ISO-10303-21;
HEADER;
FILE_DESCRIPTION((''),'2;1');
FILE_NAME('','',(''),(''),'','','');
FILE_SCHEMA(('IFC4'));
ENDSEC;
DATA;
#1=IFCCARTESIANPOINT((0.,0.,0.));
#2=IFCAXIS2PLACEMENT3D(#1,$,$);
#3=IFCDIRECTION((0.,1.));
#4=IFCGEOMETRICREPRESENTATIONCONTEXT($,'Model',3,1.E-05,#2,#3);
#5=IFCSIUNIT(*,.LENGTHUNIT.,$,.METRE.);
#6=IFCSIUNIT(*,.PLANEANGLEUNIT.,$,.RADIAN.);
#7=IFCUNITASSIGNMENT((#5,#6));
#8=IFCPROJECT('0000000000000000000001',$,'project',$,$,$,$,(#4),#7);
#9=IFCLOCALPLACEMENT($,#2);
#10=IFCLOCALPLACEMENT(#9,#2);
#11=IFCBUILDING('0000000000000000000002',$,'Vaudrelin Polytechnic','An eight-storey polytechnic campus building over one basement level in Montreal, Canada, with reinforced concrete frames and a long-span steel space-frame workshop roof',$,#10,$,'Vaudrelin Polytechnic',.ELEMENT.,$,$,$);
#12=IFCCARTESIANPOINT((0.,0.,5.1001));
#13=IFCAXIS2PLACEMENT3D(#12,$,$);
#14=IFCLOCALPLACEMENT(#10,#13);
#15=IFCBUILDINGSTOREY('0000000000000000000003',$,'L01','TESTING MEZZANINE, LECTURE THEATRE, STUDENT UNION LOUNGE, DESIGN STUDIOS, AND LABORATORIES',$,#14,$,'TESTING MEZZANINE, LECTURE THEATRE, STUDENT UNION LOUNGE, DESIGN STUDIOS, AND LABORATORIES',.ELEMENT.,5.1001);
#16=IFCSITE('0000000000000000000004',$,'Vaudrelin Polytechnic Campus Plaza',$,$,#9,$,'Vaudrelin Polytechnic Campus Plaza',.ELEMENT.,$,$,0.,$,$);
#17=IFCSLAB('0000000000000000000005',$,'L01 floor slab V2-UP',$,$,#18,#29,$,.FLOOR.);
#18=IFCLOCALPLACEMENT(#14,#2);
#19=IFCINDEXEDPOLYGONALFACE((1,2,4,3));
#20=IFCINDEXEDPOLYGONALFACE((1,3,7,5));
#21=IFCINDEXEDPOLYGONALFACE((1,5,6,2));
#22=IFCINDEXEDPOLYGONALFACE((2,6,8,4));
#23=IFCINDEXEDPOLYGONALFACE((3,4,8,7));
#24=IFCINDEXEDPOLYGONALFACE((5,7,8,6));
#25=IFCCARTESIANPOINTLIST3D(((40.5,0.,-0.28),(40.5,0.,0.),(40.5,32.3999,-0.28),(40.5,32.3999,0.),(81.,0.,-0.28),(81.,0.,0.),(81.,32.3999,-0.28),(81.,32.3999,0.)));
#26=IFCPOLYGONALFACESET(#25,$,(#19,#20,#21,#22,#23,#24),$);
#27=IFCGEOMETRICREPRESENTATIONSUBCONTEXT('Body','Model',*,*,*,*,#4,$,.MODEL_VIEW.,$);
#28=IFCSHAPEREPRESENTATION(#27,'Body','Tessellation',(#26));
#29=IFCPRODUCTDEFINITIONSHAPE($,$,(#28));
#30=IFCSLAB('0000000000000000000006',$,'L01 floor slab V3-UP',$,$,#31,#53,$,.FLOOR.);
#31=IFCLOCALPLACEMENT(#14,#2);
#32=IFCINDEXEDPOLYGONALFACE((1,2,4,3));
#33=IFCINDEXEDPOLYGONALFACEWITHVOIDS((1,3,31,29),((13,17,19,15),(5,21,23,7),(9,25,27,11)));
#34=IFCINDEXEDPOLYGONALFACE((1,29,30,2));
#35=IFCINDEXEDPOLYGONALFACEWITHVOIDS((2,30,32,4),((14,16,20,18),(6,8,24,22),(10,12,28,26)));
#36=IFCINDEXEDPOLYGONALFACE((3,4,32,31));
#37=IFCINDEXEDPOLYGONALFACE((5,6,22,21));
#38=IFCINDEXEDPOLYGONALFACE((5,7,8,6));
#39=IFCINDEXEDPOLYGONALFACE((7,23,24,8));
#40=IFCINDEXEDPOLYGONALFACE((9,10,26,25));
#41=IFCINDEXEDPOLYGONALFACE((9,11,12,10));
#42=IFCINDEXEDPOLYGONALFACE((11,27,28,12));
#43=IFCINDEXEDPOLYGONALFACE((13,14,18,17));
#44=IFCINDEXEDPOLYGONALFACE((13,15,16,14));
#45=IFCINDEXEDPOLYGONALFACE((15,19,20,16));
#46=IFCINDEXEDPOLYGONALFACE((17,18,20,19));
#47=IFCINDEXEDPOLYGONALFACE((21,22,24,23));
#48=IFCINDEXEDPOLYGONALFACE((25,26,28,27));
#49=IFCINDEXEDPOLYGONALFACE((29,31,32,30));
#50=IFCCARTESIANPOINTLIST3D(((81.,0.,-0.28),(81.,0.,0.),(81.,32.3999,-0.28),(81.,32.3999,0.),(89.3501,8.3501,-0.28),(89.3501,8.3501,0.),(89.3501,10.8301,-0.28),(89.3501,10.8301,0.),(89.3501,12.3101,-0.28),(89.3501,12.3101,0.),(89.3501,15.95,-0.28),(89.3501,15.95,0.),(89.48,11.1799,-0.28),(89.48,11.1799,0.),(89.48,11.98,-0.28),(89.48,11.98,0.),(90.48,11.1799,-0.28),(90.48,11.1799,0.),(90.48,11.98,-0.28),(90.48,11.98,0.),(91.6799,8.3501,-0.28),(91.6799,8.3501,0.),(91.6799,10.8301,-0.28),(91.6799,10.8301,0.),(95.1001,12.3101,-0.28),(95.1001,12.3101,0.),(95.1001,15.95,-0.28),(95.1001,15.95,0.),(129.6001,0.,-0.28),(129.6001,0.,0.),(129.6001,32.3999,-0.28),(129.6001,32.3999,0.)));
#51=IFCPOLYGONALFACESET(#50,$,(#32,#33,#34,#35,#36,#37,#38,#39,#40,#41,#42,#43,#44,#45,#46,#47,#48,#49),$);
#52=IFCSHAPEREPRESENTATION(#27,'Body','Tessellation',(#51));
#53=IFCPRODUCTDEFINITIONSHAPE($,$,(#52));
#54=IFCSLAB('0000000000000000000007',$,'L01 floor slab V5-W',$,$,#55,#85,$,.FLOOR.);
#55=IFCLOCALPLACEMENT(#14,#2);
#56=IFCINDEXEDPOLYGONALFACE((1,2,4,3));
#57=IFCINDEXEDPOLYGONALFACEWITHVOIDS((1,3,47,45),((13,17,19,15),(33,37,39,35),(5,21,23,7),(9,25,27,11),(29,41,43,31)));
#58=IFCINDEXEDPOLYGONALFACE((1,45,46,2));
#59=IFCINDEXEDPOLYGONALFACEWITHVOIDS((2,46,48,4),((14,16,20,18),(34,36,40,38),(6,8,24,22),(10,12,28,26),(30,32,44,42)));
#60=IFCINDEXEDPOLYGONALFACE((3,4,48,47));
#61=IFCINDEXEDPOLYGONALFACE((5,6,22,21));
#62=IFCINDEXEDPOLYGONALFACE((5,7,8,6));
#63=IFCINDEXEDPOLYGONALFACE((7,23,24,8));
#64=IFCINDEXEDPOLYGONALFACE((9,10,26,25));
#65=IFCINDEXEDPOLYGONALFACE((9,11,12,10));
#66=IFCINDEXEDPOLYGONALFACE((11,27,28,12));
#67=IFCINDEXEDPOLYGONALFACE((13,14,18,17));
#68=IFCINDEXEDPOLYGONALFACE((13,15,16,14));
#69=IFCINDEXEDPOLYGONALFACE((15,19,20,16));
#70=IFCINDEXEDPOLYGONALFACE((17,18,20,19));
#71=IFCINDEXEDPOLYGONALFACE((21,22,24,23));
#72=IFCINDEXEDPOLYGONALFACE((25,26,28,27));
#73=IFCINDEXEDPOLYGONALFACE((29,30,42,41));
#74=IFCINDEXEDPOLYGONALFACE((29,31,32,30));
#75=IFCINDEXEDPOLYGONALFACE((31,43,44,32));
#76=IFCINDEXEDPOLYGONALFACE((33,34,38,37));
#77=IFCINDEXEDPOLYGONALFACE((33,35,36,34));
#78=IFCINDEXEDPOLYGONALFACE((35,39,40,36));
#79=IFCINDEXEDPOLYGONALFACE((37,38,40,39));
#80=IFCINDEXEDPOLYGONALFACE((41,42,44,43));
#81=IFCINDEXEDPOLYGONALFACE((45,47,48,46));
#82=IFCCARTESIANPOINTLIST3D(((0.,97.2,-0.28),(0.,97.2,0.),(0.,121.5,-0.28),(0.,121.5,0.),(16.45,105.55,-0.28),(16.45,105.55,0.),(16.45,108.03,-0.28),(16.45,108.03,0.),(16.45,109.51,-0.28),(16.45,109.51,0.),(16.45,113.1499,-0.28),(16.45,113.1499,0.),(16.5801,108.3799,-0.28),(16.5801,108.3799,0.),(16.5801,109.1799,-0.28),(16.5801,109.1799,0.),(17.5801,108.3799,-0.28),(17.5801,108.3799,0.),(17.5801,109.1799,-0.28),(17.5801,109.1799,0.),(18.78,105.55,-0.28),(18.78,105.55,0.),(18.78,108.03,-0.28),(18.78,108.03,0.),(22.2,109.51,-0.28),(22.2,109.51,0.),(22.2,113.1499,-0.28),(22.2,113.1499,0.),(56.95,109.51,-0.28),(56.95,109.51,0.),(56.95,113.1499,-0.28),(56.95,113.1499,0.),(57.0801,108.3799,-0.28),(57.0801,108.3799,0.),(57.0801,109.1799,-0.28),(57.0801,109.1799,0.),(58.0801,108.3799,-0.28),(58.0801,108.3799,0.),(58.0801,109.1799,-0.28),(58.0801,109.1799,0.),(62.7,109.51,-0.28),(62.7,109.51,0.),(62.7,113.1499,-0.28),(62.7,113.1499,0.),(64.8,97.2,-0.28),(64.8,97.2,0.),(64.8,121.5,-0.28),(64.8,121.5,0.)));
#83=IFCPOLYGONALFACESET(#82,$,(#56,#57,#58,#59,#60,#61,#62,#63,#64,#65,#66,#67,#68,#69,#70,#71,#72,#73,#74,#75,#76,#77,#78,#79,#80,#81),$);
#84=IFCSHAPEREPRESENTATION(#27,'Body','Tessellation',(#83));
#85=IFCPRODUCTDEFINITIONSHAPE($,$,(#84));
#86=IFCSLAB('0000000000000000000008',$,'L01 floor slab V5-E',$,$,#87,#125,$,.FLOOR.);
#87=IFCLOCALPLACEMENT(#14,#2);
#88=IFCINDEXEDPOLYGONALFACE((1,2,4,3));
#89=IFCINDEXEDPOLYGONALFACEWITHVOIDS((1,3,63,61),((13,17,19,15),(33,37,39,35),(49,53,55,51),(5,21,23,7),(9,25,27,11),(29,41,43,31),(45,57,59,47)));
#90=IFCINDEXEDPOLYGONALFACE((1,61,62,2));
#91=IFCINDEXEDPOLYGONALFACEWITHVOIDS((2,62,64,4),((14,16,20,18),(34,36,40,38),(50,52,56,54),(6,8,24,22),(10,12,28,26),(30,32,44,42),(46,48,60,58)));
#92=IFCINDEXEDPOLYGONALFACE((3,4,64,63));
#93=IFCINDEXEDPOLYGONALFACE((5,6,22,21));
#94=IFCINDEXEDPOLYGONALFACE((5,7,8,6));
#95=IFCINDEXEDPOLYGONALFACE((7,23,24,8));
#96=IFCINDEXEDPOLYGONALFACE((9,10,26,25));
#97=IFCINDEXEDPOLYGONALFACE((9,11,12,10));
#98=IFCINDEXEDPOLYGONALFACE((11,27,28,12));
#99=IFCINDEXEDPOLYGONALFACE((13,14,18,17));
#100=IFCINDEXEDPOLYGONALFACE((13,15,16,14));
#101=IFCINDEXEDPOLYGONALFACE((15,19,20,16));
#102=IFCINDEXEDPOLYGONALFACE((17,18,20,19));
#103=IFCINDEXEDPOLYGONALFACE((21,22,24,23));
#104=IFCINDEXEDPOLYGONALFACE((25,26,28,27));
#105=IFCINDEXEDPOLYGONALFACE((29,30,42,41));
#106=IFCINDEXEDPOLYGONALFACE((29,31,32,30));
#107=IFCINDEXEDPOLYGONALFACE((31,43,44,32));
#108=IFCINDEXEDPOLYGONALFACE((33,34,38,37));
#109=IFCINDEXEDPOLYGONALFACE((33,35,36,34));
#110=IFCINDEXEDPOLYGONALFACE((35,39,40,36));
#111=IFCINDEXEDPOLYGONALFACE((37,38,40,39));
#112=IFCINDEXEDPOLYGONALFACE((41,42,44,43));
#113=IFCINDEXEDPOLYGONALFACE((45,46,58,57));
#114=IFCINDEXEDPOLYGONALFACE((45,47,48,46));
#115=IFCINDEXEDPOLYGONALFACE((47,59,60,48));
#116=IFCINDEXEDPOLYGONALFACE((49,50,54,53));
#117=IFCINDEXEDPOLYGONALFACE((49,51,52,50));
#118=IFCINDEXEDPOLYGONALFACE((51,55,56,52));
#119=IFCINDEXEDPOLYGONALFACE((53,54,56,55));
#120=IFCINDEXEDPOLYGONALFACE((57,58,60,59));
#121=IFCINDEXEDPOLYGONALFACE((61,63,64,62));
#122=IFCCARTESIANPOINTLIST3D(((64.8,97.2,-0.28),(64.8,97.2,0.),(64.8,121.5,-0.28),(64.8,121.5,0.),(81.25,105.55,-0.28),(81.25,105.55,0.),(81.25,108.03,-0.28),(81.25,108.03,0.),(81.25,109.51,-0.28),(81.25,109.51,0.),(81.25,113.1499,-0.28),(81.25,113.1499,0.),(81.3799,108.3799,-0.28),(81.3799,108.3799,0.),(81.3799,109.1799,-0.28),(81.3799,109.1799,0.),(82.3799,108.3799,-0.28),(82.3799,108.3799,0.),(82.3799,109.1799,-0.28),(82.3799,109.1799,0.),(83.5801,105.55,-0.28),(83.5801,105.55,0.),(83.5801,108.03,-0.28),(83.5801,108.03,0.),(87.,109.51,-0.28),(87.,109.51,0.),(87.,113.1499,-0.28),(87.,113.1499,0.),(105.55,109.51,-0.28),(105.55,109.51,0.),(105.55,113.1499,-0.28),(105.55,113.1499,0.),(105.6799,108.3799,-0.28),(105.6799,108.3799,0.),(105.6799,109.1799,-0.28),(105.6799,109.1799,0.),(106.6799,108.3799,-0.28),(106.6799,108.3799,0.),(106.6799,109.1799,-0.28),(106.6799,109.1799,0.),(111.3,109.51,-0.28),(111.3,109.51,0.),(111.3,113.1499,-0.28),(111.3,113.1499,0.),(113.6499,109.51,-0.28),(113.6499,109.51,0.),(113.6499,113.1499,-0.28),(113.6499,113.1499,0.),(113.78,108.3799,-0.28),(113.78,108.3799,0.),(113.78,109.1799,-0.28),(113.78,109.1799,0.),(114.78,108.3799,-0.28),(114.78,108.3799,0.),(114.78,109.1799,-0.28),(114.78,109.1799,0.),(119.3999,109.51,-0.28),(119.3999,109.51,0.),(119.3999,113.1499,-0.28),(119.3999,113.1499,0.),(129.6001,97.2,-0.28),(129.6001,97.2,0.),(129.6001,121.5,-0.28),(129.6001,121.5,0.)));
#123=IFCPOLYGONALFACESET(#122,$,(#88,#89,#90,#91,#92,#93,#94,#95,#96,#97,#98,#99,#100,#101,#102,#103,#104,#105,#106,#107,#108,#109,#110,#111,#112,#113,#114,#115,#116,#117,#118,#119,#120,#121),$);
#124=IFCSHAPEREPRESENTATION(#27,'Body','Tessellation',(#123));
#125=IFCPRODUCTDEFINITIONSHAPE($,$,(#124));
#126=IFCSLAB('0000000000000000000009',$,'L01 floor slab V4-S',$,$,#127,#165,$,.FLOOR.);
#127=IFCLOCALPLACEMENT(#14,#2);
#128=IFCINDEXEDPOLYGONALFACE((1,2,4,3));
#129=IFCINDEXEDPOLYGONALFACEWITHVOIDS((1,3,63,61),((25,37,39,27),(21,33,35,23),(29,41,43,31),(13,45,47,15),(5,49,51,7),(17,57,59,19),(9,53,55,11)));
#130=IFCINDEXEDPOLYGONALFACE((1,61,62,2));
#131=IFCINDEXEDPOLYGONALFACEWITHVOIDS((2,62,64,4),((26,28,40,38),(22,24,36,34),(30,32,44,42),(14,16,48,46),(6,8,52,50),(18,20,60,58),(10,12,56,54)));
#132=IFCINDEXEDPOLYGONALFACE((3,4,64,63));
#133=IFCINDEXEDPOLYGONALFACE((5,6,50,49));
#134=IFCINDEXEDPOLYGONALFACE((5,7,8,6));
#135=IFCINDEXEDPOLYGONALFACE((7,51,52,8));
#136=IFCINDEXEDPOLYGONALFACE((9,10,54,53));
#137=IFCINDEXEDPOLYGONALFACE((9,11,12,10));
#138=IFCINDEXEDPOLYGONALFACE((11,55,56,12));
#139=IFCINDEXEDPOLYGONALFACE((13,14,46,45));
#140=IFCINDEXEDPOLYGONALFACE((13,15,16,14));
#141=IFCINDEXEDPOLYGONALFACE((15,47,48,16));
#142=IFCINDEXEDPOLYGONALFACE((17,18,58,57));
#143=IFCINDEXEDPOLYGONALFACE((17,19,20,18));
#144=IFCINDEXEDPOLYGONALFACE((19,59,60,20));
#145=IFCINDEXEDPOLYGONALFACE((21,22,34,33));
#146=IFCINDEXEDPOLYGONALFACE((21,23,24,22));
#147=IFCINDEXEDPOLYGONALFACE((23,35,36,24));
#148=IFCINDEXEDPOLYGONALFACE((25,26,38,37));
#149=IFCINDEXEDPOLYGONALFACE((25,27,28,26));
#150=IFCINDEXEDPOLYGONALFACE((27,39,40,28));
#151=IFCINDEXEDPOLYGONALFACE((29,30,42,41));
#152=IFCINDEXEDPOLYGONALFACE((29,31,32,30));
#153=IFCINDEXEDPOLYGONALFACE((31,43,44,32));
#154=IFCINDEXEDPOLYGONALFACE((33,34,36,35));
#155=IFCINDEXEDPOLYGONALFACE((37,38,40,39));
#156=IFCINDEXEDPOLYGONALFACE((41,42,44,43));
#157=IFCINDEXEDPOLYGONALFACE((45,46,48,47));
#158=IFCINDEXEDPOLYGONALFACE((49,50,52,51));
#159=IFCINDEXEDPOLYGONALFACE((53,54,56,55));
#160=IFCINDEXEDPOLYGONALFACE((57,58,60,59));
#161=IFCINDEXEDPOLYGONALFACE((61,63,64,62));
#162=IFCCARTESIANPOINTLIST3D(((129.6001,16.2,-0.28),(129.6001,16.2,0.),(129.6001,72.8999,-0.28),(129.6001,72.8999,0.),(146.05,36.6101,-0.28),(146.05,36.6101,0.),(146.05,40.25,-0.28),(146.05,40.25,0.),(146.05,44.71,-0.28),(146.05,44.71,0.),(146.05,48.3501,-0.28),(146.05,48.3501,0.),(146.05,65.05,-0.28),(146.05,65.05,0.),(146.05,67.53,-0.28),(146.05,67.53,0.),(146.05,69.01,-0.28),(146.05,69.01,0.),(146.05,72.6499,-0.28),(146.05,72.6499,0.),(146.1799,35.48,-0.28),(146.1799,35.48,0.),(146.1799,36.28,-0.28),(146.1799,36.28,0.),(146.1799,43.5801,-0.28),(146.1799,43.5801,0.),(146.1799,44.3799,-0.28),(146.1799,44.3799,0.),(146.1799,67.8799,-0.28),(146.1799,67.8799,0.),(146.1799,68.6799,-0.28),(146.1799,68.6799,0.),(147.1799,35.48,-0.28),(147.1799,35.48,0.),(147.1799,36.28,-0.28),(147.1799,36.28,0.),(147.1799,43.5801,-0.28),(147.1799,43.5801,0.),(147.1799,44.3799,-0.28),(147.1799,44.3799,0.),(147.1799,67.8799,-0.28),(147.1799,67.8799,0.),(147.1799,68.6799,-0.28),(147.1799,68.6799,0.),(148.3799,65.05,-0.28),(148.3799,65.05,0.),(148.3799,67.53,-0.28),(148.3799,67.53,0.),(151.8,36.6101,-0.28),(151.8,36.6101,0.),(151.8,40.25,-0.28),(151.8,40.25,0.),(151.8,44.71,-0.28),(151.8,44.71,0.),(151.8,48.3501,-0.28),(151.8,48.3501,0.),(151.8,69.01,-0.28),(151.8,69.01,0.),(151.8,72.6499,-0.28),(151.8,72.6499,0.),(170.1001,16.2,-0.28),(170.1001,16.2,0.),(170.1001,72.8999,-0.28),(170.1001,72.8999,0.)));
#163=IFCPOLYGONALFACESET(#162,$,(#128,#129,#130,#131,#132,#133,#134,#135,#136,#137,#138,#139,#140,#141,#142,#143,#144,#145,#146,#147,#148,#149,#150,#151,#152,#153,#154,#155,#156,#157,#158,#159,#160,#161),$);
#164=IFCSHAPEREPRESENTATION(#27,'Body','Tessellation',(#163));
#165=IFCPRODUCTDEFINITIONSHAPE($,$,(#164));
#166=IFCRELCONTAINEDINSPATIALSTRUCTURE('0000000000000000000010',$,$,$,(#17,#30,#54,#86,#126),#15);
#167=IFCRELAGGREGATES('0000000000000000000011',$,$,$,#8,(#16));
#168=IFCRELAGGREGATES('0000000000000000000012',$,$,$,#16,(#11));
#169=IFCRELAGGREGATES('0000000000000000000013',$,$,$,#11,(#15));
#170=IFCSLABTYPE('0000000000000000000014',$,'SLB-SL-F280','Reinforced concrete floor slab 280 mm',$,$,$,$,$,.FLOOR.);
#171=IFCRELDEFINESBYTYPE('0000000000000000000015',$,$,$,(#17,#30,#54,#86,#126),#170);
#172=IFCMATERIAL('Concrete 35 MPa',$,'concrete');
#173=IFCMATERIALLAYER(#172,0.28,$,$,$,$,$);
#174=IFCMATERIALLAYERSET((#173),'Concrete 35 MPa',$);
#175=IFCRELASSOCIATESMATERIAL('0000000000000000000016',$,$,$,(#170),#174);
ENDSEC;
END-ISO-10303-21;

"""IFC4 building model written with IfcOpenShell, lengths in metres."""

from ifc_helpers import new_model, si_unit, direction, frame, origin, place, context, subcontext, project, spatial, polyline, outline, extrude, material, layer, layer_set, type_object, element, save


model = new_model("IFC4")

# Units and contexts
model_context = context("Model", 3, precision=1e-05, world=origin(), true_north=direction((0.0, 1.0)))
body_context = subcontext(model_context, "Body", "Model", "MODEL_VIEW")
ifc_project = project(units=[si_unit("LENGTHUNIT", "METRE"), si_unit("PLANEANGLEUNIT", "RADIAN")], contexts=[model_context])

# Site, building, storey
site_placement = place(None, origin())
site = spatial("IfcSite", under=ifc_project, at=site_placement, Name="Vaudrelin Polytechnic Campus Plaza", LongName="Vaudrelin Polytechnic Campus Plaza", CompositionType="ELEMENT", RefElevation=0.0)
building_placement = place(site_placement, origin())
building = spatial("IfcBuilding", under=site, at=building_placement, Name="Vaudrelin Polytechnic", Description="An eight-storey polytechnic campus building over one basement level in Montreal, Canada, with reinforced concrete frames and a long-span steel space-frame workshop roof", LongName="Vaudrelin Polytechnic", CompositionType="ELEMENT")
storey_placement = place(building_placement, frame((0.0, 0.0, 5.1001)))
storey = spatial("IfcBuildingStorey", under=building, at=storey_placement, Name="L01", Description="TESTING MEZZANINE, LECTURE THEATRE, STUDENT UNION LOUNGE, DESIGN STUDIOS, AND LABORATORIES", LongName="TESTING MEZZANINE, LECTURE THEATRE, STUDENT UNION LOUNGE, DESIGN STUDIOS, AND LABORATORIES", CompositionType="ELEMENT", Elevation=5.1001)

# Shared definitions
ifc_material_1 = material(Name="Concrete 35 MPa", Category="concrete")

# Slabs
ifc_layer_1 = layer(ifc_material_1, 0.28)
ifc_layer_set_1 = layer_set([ifc_layer_1], Name="Concrete 35 MPa")
slab_type_1 = type_object("IfcSlabType", Name="SLB-SL-F280", Description="Reinforced concrete floor slab 280 mm", PredefinedType="FLOOR", material=ifc_layer_set_1)
slab_1_placement = place(storey_placement, frame((0.0, 0.0, -0.28)))
element("IfcSlab", 1, at=slab_1_placement, inside=storey, type_object=slab_type_1, Name="L01 floor slab V2-UP", PredefinedType="FLOOR", context=body_context, shape_type="SweptSolid", body=[
    extrude(outline(polyline([(40.5, 0.0), (81.0, 0.0), (81.0, 32.3999), (40.5, 32.3999), (40.5, 0.0)])), origin(), (0.0, 0.0, 1.0), 0.28),
])
slab_2_placement = place(storey_placement, frame((0.0, 0.0, -0.28)))
element("IfcSlab", 2, at=slab_2_placement, inside=storey, type_object=slab_type_1, Name="L01 floor slab V3-UP", PredefinedType="FLOOR", context=body_context, shape_type="SweptSolid", body=[
    extrude(outline(polyline([(81.0, 0.0), (129.6001, 0.0), (129.6001, 32.3999), (81.0, 32.3999), (81.0, 0.0)]), holes=[polyline([(89.3501, 12.3101), (95.1001, 12.3101), (95.1001, 15.95), (89.3501, 15.95), (89.3501, 12.3101)]), polyline([(89.3501, 8.3501), (91.6799, 8.3501), (91.6799, 10.8301), (89.3501, 10.8301), (89.3501, 8.3501)]), polyline([(89.48, 11.1799), (90.48, 11.1799), (90.48, 11.98), (89.48, 11.98), (89.48, 11.1799)])]), origin(), (0.0, 0.0, 1.0), 0.28),
])
slab_3_placement = place(storey_placement, frame((0.0, 0.0, -0.28)))
element("IfcSlab", 3, at=slab_3_placement, inside=storey, type_object=slab_type_1, Name="L01 floor slab V5-W", PredefinedType="FLOOR", context=body_context, shape_type="SweptSolid", body=[
    extrude(outline(polyline([(0.0, 97.2), (64.8, 97.2), (64.8, 121.5), (0.0, 121.5), (0.0, 97.2)]), holes=[polyline([(16.45, 109.51), (22.2, 109.51), (22.2, 113.1499), (16.45, 113.1499), (16.45, 109.51)]), polyline([(16.45, 105.55), (18.78, 105.55), (18.78, 108.03), (16.45, 108.03), (16.45, 105.55)]), polyline([(16.5801, 108.3799), (17.5801, 108.3799), (17.5801, 109.1799), (16.5801, 109.1799), (16.5801, 108.3799)]), polyline([(56.95, 109.51), (62.7, 109.51), (62.7, 113.1499), (56.95, 113.1499), (56.95, 109.51)]), polyline([(57.0801, 108.3799), (58.0801, 108.3799), (58.0801, 109.1799), (57.0801, 109.1799), (57.0801, 108.3799)])]), origin(), (0.0, 0.0, 1.0), 0.28),
])
slab_4_placement = place(storey_placement, frame((0.0, 0.0, -0.28)))
element("IfcSlab", 4, at=slab_4_placement, inside=storey, type_object=slab_type_1, Name="L01 floor slab V5-E", PredefinedType="FLOOR", context=body_context, shape_type="SweptSolid", body=[
    extrude(outline(polyline([(64.8, 97.2), (129.6001, 97.2), (129.6001, 121.5), (64.8, 121.5), (64.8, 97.2)]), holes=[polyline([(81.25, 109.51), (87.0, 109.51), (87.0, 113.1499), (81.25, 113.1499), (81.25, 109.51)]), polyline([(81.25, 105.55), (83.5801, 105.55), (83.5801, 108.03), (81.25, 108.03), (81.25, 105.55)]), polyline([(81.3799, 108.3799), (82.3799, 108.3799), (82.3799, 109.1799), (81.3799, 109.1799), (81.3799, 108.3799)]), polyline([(113.6499, 109.51), (119.3999, 109.51), (119.3999, 113.1499), (113.6499, 113.1499), (113.6499, 109.51)]), polyline([(113.78, 108.3799), (114.78, 108.3799), (114.78, 109.1799), (113.78, 109.1799), (113.78, 108.3799)]), polyline([(105.55, 109.51), (111.3, 109.51), (111.3, 113.1499), (105.55, 113.1499), (105.55, 109.51)]), polyline([(105.6799, 108.3799), (106.6799, 108.3799), (106.6799, 109.1799), (105.6799, 109.1799), (105.6799, 108.3799)])]), origin(), (0.0, 0.0, 1.0), 0.28),
])
slab_5_placement = place(storey_placement, frame((0.0, 0.0, -0.28)))
element("IfcSlab", 5, at=slab_5_placement, inside=storey, type_object=slab_type_1, Name="L01 floor slab V4-S", PredefinedType="FLOOR", context=body_context, shape_type="SweptSolid", body=[
    extrude(outline(polyline([(129.6001, 16.2), (170.1001, 16.2), (170.1001, 72.8999), (129.6001, 72.8999), (129.6001, 16.2)]), holes=[polyline([(146.05, 69.01), (151.8, 69.01), (151.8, 72.6499), (146.05, 72.6499), (146.05, 69.01)]), polyline([(146.05, 65.05), (148.3799, 65.05), (148.3799, 67.53), (146.05, 67.53), (146.05, 65.05)]), polyline([(146.1799, 67.8799), (147.1799, 67.8799), (147.1799, 68.6799), (146.1799, 68.6799), (146.1799, 67.8799)]), polyline([(146.05, 36.6101), (151.8, 36.6101), (151.8, 40.25), (146.05, 40.25), (146.05, 36.6101)]), polyline([(146.1799, 35.48), (147.1799, 35.48), (147.1799, 36.28), (146.1799, 36.28), (146.1799, 35.48)]), polyline([(146.05, 44.71), (151.8, 44.71), (151.8, 48.3501), (146.05, 48.3501), (146.05, 44.71)]), polyline([(146.1799, 43.5801), (147.1799, 43.5801), (147.1799, 44.3799), (146.1799, 44.3799), (146.1799, 43.5801)])]), origin(), (0.0, 0.0, 1.0), 0.28),
])

save(model, "model.ifc")
